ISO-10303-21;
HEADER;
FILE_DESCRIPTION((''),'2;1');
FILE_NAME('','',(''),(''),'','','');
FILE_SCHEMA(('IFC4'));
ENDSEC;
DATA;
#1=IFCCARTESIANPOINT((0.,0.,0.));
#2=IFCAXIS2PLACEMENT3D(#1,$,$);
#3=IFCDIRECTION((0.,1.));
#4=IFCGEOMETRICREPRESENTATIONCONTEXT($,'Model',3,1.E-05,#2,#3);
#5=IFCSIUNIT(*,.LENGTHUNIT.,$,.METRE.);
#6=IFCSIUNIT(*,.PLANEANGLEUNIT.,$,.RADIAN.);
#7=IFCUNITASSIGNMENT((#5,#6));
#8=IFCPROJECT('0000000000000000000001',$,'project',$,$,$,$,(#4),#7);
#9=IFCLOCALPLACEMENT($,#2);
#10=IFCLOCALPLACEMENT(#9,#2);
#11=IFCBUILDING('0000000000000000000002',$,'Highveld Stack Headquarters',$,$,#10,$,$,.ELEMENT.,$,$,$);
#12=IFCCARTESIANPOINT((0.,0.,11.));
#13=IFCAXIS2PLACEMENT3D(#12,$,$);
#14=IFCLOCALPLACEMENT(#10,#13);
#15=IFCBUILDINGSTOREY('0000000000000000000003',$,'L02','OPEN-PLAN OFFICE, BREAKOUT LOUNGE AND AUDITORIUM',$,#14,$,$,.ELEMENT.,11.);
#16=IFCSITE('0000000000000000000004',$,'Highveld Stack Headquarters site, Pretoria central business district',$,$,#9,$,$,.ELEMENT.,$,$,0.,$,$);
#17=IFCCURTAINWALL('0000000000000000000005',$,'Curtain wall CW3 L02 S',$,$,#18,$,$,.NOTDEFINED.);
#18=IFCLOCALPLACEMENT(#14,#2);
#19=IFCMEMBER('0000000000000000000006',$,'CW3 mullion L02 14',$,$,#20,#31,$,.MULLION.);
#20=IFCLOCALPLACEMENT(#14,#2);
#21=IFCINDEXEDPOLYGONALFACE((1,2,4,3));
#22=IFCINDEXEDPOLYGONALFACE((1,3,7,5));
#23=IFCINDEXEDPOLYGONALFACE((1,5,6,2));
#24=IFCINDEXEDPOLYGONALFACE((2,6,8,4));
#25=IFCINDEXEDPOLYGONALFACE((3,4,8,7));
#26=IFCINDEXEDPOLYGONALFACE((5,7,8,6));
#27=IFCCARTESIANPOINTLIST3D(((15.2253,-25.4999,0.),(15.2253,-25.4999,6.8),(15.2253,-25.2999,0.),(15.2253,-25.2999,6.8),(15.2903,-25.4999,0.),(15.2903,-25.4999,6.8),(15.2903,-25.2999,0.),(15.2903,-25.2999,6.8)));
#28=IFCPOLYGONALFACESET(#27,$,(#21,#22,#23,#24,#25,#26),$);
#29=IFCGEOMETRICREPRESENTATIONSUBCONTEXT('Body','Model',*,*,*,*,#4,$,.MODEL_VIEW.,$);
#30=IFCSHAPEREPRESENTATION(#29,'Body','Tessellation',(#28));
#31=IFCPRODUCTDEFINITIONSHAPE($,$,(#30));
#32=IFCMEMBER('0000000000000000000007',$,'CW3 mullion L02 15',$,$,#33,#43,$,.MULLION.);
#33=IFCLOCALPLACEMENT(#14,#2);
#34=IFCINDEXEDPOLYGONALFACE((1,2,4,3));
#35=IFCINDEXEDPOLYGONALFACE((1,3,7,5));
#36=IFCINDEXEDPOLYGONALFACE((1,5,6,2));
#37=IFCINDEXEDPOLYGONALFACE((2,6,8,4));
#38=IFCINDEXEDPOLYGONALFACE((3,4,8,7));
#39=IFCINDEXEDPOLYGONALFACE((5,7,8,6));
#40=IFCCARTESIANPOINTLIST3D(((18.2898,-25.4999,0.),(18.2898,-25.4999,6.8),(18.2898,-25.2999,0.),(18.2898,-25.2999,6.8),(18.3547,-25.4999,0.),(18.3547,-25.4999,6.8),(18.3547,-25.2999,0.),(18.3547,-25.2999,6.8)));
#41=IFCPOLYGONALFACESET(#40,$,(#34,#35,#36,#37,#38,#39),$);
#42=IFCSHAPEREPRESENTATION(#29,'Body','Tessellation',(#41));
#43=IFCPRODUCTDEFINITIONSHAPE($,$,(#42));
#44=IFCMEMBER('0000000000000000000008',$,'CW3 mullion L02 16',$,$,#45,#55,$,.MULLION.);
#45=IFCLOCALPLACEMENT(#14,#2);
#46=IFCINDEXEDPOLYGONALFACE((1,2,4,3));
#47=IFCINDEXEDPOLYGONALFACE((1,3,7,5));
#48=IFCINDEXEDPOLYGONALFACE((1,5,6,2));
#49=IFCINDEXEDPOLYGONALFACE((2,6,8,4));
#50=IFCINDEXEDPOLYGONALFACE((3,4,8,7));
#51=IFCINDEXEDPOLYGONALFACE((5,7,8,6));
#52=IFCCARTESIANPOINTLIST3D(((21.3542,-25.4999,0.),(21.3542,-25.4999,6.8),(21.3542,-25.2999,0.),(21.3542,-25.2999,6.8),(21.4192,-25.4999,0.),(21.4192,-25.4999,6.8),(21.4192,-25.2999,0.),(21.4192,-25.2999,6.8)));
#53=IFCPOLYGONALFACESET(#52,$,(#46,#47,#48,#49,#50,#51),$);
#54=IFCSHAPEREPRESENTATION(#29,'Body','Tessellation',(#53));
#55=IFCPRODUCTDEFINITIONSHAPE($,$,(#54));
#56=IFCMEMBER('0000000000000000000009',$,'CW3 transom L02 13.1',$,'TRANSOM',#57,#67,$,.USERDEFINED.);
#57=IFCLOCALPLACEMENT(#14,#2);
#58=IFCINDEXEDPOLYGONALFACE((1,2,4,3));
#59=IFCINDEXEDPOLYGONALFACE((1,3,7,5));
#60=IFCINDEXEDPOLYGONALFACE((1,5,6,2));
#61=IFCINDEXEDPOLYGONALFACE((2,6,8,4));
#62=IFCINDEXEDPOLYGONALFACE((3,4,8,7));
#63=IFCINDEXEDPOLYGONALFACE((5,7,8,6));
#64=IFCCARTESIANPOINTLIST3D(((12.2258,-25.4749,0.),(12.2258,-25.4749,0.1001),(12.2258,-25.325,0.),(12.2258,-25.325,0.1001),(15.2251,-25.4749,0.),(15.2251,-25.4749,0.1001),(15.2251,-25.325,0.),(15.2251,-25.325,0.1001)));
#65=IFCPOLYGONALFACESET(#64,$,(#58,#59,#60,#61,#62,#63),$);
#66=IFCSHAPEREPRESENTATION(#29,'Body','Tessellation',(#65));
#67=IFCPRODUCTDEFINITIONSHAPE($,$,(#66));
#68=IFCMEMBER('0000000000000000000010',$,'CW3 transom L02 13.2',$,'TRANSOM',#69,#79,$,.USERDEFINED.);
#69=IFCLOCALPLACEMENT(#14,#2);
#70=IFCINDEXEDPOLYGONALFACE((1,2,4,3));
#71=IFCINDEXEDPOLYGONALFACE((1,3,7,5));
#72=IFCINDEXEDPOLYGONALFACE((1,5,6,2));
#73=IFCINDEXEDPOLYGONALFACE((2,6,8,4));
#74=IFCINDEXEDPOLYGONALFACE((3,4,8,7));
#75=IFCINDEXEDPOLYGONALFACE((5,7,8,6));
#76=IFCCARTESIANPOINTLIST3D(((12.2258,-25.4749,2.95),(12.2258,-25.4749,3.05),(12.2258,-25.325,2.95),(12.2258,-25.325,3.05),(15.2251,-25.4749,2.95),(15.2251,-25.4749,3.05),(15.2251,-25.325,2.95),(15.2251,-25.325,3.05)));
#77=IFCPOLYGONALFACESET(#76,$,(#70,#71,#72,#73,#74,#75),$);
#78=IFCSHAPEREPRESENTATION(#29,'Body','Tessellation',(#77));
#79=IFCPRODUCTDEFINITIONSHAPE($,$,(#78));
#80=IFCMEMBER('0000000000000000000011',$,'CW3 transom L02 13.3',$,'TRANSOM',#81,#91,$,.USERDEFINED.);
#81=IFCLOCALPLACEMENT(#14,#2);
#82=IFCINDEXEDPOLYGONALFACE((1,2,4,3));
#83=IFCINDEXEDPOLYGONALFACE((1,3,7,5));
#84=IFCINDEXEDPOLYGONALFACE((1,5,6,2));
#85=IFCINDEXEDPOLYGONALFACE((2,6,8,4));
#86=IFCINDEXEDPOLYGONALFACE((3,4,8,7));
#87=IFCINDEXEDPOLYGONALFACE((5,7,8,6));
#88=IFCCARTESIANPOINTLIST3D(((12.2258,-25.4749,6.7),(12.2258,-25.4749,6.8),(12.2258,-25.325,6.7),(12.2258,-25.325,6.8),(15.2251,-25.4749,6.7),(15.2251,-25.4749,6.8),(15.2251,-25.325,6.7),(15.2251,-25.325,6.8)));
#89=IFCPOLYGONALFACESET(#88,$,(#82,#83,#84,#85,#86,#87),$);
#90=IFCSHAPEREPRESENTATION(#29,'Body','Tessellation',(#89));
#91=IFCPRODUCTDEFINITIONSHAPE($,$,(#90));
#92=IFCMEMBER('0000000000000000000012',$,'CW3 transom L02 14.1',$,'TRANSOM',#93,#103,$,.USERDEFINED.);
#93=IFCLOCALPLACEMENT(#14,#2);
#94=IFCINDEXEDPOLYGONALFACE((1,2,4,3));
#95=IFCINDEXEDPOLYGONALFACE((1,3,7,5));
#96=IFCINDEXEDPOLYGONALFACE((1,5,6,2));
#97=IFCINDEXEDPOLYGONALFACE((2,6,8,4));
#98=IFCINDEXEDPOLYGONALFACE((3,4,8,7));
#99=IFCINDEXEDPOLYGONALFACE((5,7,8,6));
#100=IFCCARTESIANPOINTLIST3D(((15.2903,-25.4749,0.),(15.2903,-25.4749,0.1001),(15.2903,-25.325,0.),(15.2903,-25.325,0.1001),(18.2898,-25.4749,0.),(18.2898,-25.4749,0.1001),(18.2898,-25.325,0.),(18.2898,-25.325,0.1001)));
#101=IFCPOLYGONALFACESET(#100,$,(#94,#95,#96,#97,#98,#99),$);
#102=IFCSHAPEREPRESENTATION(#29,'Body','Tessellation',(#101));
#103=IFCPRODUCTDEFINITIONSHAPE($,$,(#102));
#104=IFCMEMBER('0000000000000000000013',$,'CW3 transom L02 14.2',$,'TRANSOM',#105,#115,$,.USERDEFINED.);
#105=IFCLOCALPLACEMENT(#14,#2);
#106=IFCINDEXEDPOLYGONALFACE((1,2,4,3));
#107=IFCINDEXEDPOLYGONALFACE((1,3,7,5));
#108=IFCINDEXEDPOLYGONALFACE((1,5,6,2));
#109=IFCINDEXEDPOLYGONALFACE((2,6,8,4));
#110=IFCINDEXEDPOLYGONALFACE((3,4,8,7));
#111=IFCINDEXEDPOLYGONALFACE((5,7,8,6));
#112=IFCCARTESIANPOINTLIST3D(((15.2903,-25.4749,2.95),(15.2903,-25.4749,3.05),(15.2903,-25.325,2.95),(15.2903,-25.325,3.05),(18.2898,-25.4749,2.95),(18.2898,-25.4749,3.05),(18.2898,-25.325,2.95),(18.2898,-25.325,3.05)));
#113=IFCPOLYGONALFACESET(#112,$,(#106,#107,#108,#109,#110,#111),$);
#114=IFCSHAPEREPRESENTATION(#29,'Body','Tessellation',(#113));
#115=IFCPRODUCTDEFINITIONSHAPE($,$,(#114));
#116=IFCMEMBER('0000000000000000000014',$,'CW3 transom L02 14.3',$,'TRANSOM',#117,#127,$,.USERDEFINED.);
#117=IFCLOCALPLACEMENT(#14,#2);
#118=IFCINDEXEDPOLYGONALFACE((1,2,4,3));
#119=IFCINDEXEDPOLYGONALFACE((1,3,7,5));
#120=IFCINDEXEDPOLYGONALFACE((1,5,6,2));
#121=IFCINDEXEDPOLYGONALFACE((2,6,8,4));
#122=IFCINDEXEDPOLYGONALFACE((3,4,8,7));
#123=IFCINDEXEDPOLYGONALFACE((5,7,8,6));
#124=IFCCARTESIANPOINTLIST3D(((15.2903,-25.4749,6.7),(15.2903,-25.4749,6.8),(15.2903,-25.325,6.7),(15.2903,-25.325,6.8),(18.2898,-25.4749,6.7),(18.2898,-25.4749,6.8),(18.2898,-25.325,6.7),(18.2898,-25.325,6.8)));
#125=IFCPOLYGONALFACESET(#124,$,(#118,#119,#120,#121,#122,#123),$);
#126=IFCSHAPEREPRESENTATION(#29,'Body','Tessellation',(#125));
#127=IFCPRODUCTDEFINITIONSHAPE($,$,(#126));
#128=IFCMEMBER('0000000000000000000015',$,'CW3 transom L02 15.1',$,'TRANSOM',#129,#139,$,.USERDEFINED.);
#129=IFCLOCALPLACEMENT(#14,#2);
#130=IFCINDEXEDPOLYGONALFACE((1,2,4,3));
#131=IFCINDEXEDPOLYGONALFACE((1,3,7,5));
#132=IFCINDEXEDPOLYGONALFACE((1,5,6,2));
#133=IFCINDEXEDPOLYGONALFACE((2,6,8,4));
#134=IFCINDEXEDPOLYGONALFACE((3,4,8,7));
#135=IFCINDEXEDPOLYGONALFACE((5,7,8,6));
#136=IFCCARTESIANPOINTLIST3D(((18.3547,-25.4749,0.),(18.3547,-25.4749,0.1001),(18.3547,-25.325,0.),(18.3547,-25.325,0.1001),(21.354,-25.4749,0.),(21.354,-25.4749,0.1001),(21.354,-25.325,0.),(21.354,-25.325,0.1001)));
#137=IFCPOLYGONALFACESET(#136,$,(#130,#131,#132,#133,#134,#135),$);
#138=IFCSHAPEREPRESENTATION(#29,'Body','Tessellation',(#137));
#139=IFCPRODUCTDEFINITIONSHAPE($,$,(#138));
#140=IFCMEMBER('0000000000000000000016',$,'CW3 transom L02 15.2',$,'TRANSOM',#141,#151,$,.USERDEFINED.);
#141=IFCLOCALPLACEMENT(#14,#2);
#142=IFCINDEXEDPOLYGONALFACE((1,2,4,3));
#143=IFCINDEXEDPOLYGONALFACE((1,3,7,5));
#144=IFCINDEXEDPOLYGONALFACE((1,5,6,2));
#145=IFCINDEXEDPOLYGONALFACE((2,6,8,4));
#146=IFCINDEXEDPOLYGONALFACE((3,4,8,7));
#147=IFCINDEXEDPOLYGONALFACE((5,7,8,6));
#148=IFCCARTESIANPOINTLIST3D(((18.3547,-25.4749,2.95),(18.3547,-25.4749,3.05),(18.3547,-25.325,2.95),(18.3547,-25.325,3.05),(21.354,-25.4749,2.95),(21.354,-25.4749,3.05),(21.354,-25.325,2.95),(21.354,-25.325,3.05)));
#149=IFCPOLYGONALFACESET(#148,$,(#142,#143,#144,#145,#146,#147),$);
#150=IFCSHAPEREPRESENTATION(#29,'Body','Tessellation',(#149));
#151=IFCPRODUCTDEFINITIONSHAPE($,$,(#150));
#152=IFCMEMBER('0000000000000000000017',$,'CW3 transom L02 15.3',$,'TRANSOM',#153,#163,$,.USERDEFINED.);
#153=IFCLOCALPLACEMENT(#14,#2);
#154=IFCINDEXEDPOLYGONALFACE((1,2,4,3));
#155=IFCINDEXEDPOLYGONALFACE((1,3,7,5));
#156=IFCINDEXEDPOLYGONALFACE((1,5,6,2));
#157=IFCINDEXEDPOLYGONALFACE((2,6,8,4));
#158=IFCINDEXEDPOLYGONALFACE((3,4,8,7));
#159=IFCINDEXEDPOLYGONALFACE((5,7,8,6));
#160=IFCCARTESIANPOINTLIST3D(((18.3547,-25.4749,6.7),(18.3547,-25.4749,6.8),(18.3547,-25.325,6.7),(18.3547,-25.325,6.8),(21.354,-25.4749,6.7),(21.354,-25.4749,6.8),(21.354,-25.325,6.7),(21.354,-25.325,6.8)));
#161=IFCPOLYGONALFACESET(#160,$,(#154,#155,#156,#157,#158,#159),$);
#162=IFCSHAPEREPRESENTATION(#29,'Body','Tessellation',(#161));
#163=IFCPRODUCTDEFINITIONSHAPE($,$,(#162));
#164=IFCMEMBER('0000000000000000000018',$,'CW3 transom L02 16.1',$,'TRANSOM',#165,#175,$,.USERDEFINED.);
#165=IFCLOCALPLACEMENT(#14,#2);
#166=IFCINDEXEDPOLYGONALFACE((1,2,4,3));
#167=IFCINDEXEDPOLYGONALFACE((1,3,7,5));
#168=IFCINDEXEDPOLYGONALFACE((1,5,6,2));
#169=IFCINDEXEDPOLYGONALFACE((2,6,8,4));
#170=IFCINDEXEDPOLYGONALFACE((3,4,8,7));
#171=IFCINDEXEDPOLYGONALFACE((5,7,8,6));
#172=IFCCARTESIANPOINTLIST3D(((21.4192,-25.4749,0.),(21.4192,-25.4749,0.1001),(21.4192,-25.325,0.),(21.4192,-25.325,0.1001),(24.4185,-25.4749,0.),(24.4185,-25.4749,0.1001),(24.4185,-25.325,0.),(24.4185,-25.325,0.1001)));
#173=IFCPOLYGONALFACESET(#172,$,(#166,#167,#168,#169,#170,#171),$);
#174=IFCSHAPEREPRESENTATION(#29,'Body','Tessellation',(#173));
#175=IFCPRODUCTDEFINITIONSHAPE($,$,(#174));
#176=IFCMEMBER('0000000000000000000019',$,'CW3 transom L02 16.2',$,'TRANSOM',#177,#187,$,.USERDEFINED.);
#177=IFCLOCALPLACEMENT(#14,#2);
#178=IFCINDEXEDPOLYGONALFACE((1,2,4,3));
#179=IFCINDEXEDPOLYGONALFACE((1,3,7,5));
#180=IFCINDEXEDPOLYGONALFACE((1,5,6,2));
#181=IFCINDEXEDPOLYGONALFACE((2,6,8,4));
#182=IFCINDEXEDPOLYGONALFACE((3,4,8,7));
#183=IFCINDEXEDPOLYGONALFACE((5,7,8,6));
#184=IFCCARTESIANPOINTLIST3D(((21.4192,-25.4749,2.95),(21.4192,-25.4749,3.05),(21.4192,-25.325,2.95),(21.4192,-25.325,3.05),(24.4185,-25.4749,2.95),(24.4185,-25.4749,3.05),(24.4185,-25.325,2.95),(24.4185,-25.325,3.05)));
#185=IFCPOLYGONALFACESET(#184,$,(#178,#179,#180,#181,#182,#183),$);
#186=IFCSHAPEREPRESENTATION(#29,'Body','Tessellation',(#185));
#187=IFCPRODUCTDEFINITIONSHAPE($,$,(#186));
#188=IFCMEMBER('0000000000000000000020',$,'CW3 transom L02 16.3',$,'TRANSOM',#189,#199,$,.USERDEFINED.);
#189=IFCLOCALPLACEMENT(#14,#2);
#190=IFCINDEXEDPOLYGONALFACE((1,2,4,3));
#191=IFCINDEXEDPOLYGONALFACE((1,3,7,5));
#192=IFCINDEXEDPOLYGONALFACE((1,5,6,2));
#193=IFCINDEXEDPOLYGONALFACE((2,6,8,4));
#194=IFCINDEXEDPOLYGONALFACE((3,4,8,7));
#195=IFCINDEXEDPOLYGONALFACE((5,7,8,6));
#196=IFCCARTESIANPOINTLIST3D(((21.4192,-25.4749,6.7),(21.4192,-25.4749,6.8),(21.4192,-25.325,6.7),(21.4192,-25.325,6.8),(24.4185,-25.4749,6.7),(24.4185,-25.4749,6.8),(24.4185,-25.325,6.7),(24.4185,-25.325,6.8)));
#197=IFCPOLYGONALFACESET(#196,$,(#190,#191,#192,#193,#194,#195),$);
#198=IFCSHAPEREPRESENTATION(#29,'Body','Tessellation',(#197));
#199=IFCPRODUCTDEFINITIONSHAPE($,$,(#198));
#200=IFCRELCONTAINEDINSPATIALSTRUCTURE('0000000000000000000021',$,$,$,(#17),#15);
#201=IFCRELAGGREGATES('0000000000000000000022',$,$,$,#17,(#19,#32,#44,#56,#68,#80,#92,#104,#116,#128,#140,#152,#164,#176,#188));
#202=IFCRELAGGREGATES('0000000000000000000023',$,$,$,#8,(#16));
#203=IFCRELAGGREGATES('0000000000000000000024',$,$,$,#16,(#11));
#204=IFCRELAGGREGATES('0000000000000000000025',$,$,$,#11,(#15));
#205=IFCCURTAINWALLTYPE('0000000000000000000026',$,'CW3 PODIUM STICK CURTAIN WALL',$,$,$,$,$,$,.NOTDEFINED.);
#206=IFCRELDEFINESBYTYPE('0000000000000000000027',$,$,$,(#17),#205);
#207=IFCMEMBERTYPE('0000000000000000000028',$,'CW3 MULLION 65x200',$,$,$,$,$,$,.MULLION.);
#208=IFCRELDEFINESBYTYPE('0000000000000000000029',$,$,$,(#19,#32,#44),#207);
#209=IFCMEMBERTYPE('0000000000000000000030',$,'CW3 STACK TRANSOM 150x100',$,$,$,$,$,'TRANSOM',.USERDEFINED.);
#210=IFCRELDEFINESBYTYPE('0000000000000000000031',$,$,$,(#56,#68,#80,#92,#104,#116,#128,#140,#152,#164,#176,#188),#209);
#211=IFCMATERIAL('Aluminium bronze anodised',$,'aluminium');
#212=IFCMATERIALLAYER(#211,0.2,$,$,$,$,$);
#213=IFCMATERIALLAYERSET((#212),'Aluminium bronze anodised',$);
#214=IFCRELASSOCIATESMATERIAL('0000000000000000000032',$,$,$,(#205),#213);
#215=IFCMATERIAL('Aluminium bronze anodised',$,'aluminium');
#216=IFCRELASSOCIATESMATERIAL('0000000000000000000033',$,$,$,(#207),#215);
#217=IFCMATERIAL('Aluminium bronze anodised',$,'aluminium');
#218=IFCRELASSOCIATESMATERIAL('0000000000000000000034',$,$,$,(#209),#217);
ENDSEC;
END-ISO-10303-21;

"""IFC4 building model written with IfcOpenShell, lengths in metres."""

from ifc_helpers import new_model, si_unit, direction, frame, origin, origin_2d, place, context, subcontext, project, spatial, rectangle, extrude, material, layer, layer_set, material_profile, profile_set, type_object, element, aggregate, save


model = new_model("IFC4")

# Units and contexts
model_context = context("Model", 3, precision=1e-05, world=origin(), true_north=direction((0.0, 1.0)))
body_context = subcontext(model_context, "Body", "Model", "MODEL_VIEW")
ifc_project = project(units=[si_unit("LENGTHUNIT", "METRE"), si_unit("PLANEANGLEUNIT", "RADIAN")], contexts=[model_context])

# Site, building, storey
site_placement = place(None, origin())
site = spatial("IfcSite", under=ifc_project, at=site_placement, Name="Highveld Stack Headquarters site, Pretoria central business district", CompositionType="ELEMENT", RefElevation=0.0)
building_placement = place(site_placement, origin())
building = spatial("IfcBuilding", under=site, at=building_placement, Name="Highveld Stack Headquarters", CompositionType="ELEMENT")
storey_placement = place(building_placement, frame((0.0, 0.0, 11.0)))
storey = spatial("IfcBuildingStorey", under=building, at=storey_placement, Name="L02", Description="OPEN-PLAN OFFICE, BREAKOUT LOUNGE AND AUDITORIUM", CompositionType="ELEMENT", Elevation=11.0)

# Curtain wall, members
ifc_material_1 = material(Name="Aluminium bronze anodised", Category="aluminium")
ifc_layer_1 = layer(ifc_material_1, 0.2)
ifc_layer_set_1 = layer_set([ifc_layer_1], Name="Aluminium bronze anodised")
curtain_wall_type = type_object("IfcCurtainWallType", Name="CW3 PODIUM STICK CURTAIN WALL", PredefinedType="NOTDEFINED", material=ifc_layer_set_1)
curtain_wall_placement = place(storey_placement, origin())
curtain_wall = element("IfcCurtainWall", 1, at=curtain_wall_placement, inside=storey, type_object=curtain_wall_type, Name="Curtain wall CW3 L02 S", PredefinedType="NOTDEFINED")
ifc_material_2 = material(Name="Aluminium bronze anodised", Category="aluminium")
ifc_material_profile_1 = material_profile(ifc_material_2, rectangle(XDim=0.2, YDim=0.0649, at=origin_2d()), Name="CW3 MULLION 65x200")
ifc_profile_set_1 = profile_set([ifc_material_profile_1], Name="Aluminium bronze anodised")
member_type_1 = type_object("IfcMemberType", Name="CW3 MULLION 65x200", PredefinedType="MULLION", material=ifc_profile_set_1)
member_1_placement = place(storey_placement, frame((15.2578, -25.3999, 0.0), z_axis=(0.0, 0.0, 1.0), x_axis=(0.0, 1.0, 0.0)))
member_1 = element("IfcMember", 2, at=member_1_placement, type_object=member_type_1, Name="CW3 mullion L02 14", PredefinedType="MULLION", context=body_context, shape_type="SweptSolid", body=[
    extrude(rectangle(XDim=0.2, YDim=0.0649, at=origin_2d()), origin(), (0.0, 0.0, 1.0), 6.8),
])
member_2_placement = place(storey_placement, frame((18.3223, -25.3999, 0.0), z_axis=(0.0, 0.0, 1.0), x_axis=(0.0, 1.0, 0.0)))
member_2 = element("IfcMember", 3, at=member_2_placement, type_object=member_type_1, Name="CW3 mullion L02 15", PredefinedType="MULLION", context=body_context, shape_type="SweptSolid", body=[
    extrude(rectangle(XDim=0.2, YDim=0.0649, at=origin_2d()), origin(), (0.0, 0.0, 1.0), 6.8),
])
member_3_placement = place(storey_placement, frame((21.3867, -25.3999, 0.0), z_axis=(0.0, 0.0, 1.0), x_axis=(0.0, 1.0, 0.0)))
member_3 = element("IfcMember", 4, at=member_3_placement, type_object=member_type_1, Name="CW3 mullion L02 16", PredefinedType="MULLION", context=body_context, shape_type="SweptSolid", body=[
    extrude(rectangle(XDim=0.2, YDim=0.0649, at=origin_2d()), origin(), (0.0, 0.0, 1.0), 6.8),
])
ifc_material_3 = material(Name="Aluminium bronze anodised", Category="aluminium")
ifc_material_profile_2 = material_profile(ifc_material_3, rectangle(XDim=0.1499, YDim=0.1001, at=origin_2d()), Name="CW3 TRANSOM 150x100")
ifc_profile_set_2 = profile_set([ifc_material_profile_2], Name="Aluminium bronze anodised")
member_type_2 = type_object("IfcMemberType", Name="CW3 STACK TRANSOM 150x100", ElementType="TRANSOM", PredefinedType="USERDEFINED", material=ifc_profile_set_2)
member_4_placement = place(storey_placement, frame((12.2258, -25.3999, 0.05), z_axis=(1.0, 0.0, 0.0), x_axis=(0.0, 1.0, 0.0)))
member_4 = element("IfcMember", 5, at=member_4_placement, type_object=member_type_2, Name="CW3 transom L02 13.1", ObjectType="TRANSOM", PredefinedType="USERDEFINED", context=body_context, shape_type="SweptSolid", body=[
    extrude(rectangle(XDim=0.1499, YDim=0.1001, at=origin_2d()), origin(), (0.0, 0.0, 1.0), 2.9993),
])
member_5_placement = place(storey_placement, frame((12.2258, -25.3999, 3.0), z_axis=(1.0, 0.0, 0.0), x_axis=(0.0, 1.0, 0.0)))
member_5 = element("IfcMember", 6, at=member_5_placement, type_object=member_type_2, Name="CW3 transom L02 13.2", ObjectType="TRANSOM", PredefinedType="USERDEFINED", context=body_context, shape_type="SweptSolid", body=[
    extrude(rectangle(XDim=0.1499, YDim=0.1001, at=origin_2d()), origin(), (0.0, 0.0, 1.0), 2.9993),
])
member_6_placement = place(storey_placement, frame((12.2258, -25.3999, 6.75), z_axis=(1.0, 0.0, 0.0), x_axis=(0.0, 1.0, 0.0)))
member_6 = element("IfcMember", 7, at=member_6_placement, type_object=member_type_2, Name="CW3 transom L02 13.3", ObjectType="TRANSOM", PredefinedType="USERDEFINED", context=body_context, shape_type="SweptSolid", body=[
    extrude(rectangle(XDim=0.1499, YDim=0.1001, at=origin_2d()), origin(), (0.0, 0.0, 1.0), 2.9993),
])
member_7_placement = place(storey_placement, frame((15.2903, -25.3999, 0.05), z_axis=(1.0, 0.0, 0.0), x_axis=(0.0, 1.0, 0.0)))
member_7 = element("IfcMember", 8, at=member_7_placement, type_object=member_type_2, Name="CW3 transom L02 14.1", ObjectType="TRANSOM", PredefinedType="USERDEFINED", context=body_context, shape_type="SweptSolid", body=[
    extrude(rectangle(XDim=0.1499, YDim=0.1001, at=origin_2d()), origin(), (0.0, 0.0, 1.0), 2.9995),
])
member_8_placement = place(storey_placement, frame((15.2903, -25.3999, 3.0), z_axis=(1.0, 0.0, 0.0), x_axis=(0.0, 1.0, 0.0)))
member_8 = element("IfcMember", 9, at=member_8_placement, type_object=member_type_2, Name="CW3 transom L02 14.2", ObjectType="TRANSOM", PredefinedType="USERDEFINED", context=body_context, shape_type="SweptSolid", body=[
    extrude(rectangle(XDim=0.1499, YDim=0.1001, at=origin_2d()), origin(), (0.0, 0.0, 1.0), 2.9995),
])
member_9_placement = place(storey_placement, frame((15.2903, -25.3999, 6.75), z_axis=(1.0, 0.0, 0.0), x_axis=(0.0, 1.0, 0.0)))
member_9 = element("IfcMember", 10, at=member_9_placement, type_object=member_type_2, Name="CW3 transom L02 14.3", ObjectType="TRANSOM", PredefinedType="USERDEFINED", context=body_context, shape_type="SweptSolid", body=[
    extrude(rectangle(XDim=0.1499, YDim=0.1001, at=origin_2d()), origin(), (0.0, 0.0, 1.0), 2.9995),
])
member_10_placement = place(storey_placement, frame((18.3547, -25.3999, 0.05), z_axis=(1.0, 0.0, 0.0), x_axis=(0.0, 1.0, 0.0)))
member_10 = element("IfcMember", 11, at=member_10_placement, type_object=member_type_2, Name="CW3 transom L02 15.1", ObjectType="TRANSOM", PredefinedType="USERDEFINED", context=body_context, shape_type="SweptSolid", body=[
    extrude(rectangle(XDim=0.1499, YDim=0.1001, at=origin_2d()), origin(), (0.0, 0.0, 1.0), 2.9993),
])
member_11_placement = place(storey_placement, frame((18.3547, -25.3999, 3.0), z_axis=(1.0, 0.0, 0.0), x_axis=(0.0, 1.0, 0.0)))
member_11 = element("IfcMember", 12, at=member_11_placement, type_object=member_type_2, Name="CW3 transom L02 15.2", ObjectType="TRANSOM", PredefinedType="USERDEFINED", context=body_context, shape_type="SweptSolid", body=[
    extrude(rectangle(XDim=0.1499, YDim=0.1001, at=origin_2d()), origin(), (0.0, 0.0, 1.0), 2.9993),
])
member_12_placement = place(storey_placement, frame((18.3547, -25.3999, 6.75), z_axis=(1.0, 0.0, 0.0), x_axis=(0.0, 1.0, 0.0)))
member_12 = element("IfcMember", 13, at=member_12_placement, type_object=member_type_2, Name="CW3 transom L02 15.3", ObjectType="TRANSOM", PredefinedType="USERDEFINED", context=body_context, shape_type="SweptSolid", body=[
    extrude(rectangle(XDim=0.1499, YDim=0.1001, at=origin_2d()), origin(), (0.0, 0.0, 1.0), 2.9993),
])
member_13_placement = place(storey_placement, frame((21.4192, -25.3999, 0.05), z_axis=(1.0, 0.0, 0.0), x_axis=(0.0, 1.0, 0.0)))
member_13 = element("IfcMember", 14, at=member_13_placement, type_object=member_type_2, Name="CW3 transom L02 16.1", ObjectType="TRANSOM", PredefinedType="USERDEFINED", context=body_context, shape_type="SweptSolid", body=[
    extrude(rectangle(XDim=0.1499, YDim=0.1001, at=origin_2d()), origin(), (0.0, 0.0, 1.0), 2.9993),
])
member_14_placement = place(storey_placement, frame((21.4192, -25.3999, 3.0), z_axis=(1.0, 0.0, 0.0), x_axis=(0.0, 1.0, 0.0)))
member_14 = element("IfcMember", 15, at=member_14_placement, type_object=member_type_2, Name="CW3 transom L02 16.2", ObjectType="TRANSOM", PredefinedType="USERDEFINED", context=body_context, shape_type="SweptSolid", body=[
    extrude(rectangle(XDim=0.1499, YDim=0.1001, at=origin_2d()), origin(), (0.0, 0.0, 1.0), 2.9993),
])
member_15_placement = place(storey_placement, frame((21.4192, -25.3999, 6.75), z_axis=(1.0, 0.0, 0.0), x_axis=(0.0, 1.0, 0.0)))
member_15 = element("IfcMember", 16, at=member_15_placement, type_object=member_type_2, Name="CW3 transom L02 16.3", ObjectType="TRANSOM", PredefinedType="USERDEFINED", context=body_context, shape_type="SweptSolid", body=[
    extrude(rectangle(XDim=0.1499, YDim=0.1001, at=origin_2d()), origin(), (0.0, 0.0, 1.0), 2.9993),
])
aggregate(curtain_wall, [member_1, member_2, member_3, member_4, member_5, member_6, member_7, member_8, member_9, member_10, member_11, member_12, member_13, member_14, member_15])

save(model, "model.ifc")
